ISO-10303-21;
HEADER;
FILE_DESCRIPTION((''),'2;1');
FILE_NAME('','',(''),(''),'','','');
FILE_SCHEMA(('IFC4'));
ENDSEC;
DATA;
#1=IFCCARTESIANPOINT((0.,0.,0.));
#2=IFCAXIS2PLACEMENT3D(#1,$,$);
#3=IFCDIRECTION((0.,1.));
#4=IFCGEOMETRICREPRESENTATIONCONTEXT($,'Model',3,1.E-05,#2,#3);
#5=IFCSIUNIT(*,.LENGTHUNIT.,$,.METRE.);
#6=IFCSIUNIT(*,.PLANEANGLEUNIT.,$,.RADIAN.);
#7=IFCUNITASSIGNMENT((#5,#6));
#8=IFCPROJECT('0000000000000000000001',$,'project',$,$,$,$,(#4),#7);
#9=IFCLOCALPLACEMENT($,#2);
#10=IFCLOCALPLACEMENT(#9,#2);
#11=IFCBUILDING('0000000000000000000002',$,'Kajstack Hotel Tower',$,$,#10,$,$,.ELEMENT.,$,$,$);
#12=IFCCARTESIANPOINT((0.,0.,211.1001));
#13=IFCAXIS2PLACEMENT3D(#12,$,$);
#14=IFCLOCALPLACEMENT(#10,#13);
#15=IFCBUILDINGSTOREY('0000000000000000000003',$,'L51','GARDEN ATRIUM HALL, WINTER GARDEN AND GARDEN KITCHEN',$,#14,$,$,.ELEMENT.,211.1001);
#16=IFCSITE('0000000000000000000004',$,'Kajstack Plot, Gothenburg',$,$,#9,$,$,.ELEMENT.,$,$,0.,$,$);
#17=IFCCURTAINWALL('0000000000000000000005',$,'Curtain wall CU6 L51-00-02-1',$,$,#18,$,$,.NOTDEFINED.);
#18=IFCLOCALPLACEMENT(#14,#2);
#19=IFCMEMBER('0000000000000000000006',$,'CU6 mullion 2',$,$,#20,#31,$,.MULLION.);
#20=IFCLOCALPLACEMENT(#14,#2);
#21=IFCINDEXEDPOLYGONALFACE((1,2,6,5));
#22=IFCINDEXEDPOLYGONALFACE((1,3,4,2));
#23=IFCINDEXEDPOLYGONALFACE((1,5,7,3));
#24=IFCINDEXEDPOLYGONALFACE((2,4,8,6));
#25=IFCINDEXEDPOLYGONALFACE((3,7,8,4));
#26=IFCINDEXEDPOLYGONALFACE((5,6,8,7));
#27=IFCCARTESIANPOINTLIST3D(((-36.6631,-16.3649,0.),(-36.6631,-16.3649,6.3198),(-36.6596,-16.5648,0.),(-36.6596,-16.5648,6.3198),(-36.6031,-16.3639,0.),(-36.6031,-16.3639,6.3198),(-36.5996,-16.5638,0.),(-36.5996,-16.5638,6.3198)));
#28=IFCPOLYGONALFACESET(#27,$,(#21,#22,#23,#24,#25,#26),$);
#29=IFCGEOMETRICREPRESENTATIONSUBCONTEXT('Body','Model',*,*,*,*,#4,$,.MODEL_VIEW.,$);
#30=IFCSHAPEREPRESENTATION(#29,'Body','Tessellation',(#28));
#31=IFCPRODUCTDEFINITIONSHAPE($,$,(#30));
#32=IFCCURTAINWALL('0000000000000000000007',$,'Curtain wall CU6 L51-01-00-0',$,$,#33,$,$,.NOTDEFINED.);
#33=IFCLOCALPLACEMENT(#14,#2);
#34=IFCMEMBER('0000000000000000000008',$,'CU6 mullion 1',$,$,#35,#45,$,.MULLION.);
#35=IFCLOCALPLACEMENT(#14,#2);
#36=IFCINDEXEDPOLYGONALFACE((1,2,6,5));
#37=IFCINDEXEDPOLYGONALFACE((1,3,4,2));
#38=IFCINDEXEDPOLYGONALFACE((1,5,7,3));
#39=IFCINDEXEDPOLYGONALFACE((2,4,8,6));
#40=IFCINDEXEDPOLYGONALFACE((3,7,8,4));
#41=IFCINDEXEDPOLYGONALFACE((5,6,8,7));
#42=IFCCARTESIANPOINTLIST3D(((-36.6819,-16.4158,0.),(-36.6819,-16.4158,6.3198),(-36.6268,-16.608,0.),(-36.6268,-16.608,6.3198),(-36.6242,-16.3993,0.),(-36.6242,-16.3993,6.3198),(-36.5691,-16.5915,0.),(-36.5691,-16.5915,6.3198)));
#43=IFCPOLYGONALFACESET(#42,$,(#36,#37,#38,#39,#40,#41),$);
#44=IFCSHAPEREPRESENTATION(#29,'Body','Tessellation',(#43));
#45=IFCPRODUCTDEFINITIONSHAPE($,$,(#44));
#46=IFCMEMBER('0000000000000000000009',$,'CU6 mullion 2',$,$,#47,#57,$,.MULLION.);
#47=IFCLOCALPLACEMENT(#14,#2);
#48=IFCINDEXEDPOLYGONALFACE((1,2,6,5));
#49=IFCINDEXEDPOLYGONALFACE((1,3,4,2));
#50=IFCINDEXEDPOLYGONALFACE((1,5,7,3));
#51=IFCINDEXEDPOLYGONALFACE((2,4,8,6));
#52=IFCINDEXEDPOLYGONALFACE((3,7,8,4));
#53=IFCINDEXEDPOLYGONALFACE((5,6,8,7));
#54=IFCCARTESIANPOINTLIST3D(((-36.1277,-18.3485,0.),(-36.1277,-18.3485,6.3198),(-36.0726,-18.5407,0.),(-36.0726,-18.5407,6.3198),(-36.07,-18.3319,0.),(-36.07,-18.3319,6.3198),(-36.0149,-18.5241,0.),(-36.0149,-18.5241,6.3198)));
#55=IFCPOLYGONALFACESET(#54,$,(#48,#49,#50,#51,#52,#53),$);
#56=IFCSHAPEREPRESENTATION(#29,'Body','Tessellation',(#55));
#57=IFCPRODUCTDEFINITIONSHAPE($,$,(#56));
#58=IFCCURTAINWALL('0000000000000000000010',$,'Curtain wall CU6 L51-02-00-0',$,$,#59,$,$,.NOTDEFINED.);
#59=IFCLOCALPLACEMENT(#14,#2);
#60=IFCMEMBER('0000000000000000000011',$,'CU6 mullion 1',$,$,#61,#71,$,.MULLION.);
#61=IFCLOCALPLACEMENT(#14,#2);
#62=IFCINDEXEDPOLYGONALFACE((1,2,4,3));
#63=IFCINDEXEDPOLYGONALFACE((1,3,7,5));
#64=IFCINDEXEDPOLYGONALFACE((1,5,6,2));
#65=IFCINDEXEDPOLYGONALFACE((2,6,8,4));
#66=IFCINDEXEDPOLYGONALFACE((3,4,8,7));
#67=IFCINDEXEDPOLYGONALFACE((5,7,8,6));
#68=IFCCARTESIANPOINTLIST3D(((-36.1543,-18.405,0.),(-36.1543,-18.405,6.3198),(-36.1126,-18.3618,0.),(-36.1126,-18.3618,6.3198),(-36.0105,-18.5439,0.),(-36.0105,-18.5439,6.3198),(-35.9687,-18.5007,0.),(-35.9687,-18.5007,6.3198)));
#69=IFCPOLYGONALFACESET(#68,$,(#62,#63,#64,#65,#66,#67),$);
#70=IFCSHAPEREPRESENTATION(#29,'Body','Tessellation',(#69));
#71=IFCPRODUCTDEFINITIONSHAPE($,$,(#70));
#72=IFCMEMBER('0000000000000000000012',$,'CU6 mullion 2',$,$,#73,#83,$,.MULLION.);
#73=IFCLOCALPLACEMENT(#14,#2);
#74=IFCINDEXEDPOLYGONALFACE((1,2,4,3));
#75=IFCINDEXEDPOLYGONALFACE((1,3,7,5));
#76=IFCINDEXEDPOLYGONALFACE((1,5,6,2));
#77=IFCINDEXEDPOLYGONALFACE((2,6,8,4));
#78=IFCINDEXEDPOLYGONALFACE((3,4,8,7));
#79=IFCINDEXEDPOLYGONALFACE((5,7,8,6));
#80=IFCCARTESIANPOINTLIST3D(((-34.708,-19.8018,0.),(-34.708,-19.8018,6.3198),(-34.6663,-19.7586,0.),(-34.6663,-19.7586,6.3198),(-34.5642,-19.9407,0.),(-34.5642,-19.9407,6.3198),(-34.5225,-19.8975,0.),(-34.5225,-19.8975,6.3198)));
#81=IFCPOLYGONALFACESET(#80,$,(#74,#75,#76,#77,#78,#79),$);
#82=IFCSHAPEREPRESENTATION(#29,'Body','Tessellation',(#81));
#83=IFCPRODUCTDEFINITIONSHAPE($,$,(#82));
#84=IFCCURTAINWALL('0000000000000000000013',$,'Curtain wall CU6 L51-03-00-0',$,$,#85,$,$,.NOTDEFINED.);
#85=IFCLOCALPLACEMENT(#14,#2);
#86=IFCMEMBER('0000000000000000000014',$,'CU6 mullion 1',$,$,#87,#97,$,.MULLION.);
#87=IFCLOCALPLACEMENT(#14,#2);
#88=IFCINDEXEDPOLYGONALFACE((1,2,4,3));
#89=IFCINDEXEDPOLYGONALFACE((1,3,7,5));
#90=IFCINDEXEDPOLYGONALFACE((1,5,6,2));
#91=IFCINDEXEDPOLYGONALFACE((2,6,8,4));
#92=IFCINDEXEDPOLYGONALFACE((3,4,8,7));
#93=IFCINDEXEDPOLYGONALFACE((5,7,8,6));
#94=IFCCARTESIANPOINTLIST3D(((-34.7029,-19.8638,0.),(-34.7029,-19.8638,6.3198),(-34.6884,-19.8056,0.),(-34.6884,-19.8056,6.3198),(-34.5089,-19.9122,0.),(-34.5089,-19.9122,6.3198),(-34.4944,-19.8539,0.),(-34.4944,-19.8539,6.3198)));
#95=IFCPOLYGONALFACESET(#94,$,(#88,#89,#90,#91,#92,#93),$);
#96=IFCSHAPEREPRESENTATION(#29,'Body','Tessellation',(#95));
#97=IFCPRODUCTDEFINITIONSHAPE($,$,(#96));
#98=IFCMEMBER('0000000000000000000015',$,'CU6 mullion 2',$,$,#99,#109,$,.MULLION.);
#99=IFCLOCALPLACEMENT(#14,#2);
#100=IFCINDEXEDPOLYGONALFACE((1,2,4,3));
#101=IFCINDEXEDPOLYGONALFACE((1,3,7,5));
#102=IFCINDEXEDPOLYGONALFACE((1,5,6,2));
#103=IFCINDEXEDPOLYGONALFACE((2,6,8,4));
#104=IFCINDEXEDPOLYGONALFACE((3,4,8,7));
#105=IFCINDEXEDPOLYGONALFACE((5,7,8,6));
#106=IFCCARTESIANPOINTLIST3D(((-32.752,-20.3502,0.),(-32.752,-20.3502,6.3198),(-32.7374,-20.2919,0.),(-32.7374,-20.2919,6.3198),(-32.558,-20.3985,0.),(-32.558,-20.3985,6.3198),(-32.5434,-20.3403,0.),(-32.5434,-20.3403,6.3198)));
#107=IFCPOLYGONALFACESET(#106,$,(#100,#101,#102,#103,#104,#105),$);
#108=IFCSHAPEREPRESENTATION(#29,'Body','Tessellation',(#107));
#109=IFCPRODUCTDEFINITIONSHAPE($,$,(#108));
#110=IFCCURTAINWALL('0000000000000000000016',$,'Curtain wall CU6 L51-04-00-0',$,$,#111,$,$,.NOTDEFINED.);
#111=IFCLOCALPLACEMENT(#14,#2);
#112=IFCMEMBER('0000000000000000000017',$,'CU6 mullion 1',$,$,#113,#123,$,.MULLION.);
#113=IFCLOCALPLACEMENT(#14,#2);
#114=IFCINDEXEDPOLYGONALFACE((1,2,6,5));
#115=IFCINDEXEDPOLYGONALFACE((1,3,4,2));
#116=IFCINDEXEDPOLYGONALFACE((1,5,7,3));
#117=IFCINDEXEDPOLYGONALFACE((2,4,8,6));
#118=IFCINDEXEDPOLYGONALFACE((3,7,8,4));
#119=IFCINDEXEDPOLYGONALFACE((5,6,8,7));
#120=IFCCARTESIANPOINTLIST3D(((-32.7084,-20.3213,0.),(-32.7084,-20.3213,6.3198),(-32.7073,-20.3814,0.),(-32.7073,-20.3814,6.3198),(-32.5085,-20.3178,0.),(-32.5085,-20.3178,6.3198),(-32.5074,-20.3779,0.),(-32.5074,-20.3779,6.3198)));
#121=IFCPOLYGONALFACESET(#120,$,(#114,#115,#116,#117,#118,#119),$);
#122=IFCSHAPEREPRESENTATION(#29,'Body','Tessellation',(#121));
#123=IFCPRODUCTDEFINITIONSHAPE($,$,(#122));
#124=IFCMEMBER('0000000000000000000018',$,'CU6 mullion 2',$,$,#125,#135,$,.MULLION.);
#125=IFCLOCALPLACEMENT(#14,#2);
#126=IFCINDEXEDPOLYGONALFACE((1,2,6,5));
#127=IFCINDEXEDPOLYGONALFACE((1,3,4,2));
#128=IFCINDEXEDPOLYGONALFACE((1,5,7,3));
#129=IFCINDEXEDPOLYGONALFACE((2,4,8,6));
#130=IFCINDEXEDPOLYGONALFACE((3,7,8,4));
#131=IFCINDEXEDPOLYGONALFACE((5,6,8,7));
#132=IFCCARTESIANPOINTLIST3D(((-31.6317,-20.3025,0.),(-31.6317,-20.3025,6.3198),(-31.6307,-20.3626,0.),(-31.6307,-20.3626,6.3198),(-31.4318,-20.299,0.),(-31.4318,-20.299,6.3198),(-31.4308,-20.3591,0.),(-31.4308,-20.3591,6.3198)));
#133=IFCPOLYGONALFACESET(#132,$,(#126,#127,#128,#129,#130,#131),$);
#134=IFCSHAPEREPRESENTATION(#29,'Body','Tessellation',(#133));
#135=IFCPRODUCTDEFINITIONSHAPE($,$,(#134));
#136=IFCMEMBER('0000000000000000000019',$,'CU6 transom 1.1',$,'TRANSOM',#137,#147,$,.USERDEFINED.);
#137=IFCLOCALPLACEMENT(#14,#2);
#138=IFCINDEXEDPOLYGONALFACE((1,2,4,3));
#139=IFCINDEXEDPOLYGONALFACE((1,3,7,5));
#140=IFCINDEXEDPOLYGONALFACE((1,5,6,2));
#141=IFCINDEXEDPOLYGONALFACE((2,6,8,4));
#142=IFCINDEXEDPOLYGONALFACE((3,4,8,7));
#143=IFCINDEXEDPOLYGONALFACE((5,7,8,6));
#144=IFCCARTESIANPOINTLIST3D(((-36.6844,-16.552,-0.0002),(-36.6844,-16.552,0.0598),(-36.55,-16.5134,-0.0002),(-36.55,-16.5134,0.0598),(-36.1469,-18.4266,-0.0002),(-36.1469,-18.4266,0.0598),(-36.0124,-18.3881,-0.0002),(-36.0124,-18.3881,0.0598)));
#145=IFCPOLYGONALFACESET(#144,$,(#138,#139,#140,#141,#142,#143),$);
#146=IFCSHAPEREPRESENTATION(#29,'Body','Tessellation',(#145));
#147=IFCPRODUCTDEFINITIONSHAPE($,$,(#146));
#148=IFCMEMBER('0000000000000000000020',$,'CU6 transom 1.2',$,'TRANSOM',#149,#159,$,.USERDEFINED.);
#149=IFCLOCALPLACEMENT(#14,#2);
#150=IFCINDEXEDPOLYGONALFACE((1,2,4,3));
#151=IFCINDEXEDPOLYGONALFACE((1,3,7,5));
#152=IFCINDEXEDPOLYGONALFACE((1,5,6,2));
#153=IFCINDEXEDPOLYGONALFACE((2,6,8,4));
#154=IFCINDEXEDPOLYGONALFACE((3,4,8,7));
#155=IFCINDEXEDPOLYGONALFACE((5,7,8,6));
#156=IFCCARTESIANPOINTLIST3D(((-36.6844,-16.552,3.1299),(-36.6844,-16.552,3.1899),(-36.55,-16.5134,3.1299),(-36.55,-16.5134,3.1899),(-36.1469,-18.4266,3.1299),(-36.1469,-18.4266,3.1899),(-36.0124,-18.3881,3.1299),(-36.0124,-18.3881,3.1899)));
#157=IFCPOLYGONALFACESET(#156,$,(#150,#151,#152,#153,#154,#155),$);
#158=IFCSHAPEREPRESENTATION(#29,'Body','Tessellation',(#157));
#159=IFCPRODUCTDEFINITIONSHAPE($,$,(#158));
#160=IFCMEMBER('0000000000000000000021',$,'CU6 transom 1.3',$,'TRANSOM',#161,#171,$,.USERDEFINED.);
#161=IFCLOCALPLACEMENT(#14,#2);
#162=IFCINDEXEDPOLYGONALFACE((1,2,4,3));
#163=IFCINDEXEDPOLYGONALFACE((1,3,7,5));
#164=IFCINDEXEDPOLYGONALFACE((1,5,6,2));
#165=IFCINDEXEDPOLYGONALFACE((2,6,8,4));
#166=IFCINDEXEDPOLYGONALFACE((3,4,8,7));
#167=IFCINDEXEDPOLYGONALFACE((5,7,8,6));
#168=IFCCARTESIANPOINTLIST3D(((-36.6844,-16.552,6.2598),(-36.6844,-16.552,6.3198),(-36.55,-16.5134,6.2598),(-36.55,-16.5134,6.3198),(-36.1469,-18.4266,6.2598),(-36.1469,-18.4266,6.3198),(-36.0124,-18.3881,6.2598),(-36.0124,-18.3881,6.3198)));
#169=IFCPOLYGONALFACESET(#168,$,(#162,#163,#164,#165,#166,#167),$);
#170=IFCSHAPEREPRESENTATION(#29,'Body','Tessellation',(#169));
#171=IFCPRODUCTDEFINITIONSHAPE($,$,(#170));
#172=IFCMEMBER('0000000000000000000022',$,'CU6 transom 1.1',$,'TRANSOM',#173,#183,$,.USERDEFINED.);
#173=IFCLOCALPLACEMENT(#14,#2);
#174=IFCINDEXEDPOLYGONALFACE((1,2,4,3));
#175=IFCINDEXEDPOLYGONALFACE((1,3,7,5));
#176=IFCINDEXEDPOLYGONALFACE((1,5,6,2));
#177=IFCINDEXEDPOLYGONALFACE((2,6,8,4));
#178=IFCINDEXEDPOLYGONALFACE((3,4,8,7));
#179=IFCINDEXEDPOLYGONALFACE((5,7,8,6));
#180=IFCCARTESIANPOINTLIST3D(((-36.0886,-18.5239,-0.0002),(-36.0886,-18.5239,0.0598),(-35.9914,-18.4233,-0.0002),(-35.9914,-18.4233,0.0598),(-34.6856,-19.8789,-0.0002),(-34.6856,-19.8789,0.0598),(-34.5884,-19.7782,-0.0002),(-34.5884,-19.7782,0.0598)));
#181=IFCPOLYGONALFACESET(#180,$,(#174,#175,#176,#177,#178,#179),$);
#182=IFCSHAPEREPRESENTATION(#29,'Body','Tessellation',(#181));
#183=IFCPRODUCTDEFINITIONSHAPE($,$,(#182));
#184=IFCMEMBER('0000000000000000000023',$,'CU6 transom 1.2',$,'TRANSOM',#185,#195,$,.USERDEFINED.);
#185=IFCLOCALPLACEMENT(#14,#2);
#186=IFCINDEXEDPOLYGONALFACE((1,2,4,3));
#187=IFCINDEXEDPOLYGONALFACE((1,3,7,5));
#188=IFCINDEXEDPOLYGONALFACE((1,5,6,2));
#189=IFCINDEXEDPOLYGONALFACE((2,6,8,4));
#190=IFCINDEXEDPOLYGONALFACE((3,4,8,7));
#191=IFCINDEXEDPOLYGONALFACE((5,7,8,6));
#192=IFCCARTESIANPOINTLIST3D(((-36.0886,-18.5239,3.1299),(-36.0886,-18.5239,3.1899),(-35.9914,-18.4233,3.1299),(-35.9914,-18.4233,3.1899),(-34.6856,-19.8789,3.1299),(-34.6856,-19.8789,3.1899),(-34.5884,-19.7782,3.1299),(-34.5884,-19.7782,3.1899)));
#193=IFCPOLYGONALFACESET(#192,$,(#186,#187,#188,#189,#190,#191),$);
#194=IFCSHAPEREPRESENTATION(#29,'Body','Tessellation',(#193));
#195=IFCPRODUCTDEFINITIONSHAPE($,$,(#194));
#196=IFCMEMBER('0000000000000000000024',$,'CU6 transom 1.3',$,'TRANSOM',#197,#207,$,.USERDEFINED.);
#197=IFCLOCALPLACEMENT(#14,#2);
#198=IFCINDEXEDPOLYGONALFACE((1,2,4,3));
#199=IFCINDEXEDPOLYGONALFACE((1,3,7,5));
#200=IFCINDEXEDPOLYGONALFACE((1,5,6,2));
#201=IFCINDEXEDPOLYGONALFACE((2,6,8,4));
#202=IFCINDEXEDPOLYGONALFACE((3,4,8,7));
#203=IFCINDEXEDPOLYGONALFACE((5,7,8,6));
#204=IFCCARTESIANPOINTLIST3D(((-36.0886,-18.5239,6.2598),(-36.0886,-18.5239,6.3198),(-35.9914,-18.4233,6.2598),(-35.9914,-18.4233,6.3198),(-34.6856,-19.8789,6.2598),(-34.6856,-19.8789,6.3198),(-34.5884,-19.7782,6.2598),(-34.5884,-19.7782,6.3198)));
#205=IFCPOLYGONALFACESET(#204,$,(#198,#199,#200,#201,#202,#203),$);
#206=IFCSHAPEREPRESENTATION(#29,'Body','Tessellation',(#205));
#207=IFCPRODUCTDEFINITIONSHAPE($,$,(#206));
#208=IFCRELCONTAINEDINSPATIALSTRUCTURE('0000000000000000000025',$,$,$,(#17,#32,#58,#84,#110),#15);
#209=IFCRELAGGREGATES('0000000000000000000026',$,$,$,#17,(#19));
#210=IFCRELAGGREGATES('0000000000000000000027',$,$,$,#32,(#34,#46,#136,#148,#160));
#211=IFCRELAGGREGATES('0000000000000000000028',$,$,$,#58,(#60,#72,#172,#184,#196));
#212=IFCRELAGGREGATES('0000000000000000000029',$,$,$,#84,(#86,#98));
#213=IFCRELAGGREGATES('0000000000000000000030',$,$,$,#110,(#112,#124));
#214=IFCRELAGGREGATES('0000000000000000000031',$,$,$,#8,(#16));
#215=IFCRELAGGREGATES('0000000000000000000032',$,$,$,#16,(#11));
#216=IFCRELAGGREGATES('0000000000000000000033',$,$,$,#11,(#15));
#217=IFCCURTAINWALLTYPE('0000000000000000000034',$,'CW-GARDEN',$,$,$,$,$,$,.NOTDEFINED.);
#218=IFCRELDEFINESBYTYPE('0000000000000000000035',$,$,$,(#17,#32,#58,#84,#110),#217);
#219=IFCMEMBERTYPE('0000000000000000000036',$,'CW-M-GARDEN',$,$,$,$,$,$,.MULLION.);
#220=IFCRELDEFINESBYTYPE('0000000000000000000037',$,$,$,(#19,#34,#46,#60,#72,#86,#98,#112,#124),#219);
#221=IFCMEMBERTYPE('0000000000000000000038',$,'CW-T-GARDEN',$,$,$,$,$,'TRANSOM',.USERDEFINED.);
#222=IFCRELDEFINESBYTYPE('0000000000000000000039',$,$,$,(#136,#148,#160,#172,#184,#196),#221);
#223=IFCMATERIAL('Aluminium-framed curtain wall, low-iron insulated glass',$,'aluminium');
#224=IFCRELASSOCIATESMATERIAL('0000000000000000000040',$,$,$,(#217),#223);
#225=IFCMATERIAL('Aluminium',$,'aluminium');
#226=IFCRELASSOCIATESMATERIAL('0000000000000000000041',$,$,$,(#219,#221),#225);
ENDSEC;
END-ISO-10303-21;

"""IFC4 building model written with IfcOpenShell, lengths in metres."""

from ifc_helpers import new_model, si_unit, direction, frame, origin, origin_2d, place, context, subcontext, project, spatial, rectangle, extrude, material, material_profile, profile_set, type_object, element, aggregate, save


model = new_model("IFC4")

# Units and contexts
model_context = context("Model", 3, precision=1e-05, world=origin(), true_north=direction((0.0, 1.0)))
body_context = subcontext(model_context, "Body", "Model", "MODEL_VIEW")
ifc_project = project(units=[si_unit("LENGTHUNIT", "METRE"), si_unit("PLANEANGLEUNIT", "RADIAN")], contexts=[model_context])

# Site, building, storey
site_placement = place(None, origin())
site = spatial("IfcSite", under=ifc_project, at=site_placement, Name="Kajstack Plot, Gothenburg", CompositionType="ELEMENT", RefElevation=0.0)
building_placement = place(site_placement, origin())
building = spatial("IfcBuilding", under=site, at=building_placement, Name="Kajstack Hotel Tower", CompositionType="ELEMENT")
storey_placement = place(building_placement, frame((0.0, 0.0, 211.1001)))
storey = spatial("IfcBuildingStorey", under=building, at=storey_placement, Name="L51", Description="GARDEN ATRIUM HALL, WINTER GARDEN AND GARDEN KITCHEN", CompositionType="ELEMENT", Elevation=211.1001)

# Curtain wall, member
ifc_material_1 = material(Name="Aluminium-framed curtain wall, low-iron insulated glass", Category="aluminium")
curtain_wall_type = type_object("IfcCurtainWallType", Name="CW-GARDEN", PredefinedType="NOTDEFINED", material=ifc_material_1)
curtain_wall_1_placement = place(storey_placement, origin())
curtain_wall_1 = element("IfcCurtainWall", 1, at=curtain_wall_1_placement, inside=storey, type_object=curtain_wall_type, Name="Curtain wall CU6 L51-00-02-1", PredefinedType="NOTDEFINED")
ifc_material_2 = material(Name="Aluminium", Category="aluminium")
ifc_material_profile_1 = material_profile(ifc_material_2, rectangle(XDim=0.0601, YDim=0.2, at=origin_2d()), Name="Aluminium mullion 60 x 200")
ifc_profile_set_1 = profile_set([ifc_material_profile_1], Name="Aluminium")
member_type_1 = type_object("IfcMemberType", Name="CW-M-GARDEN", PredefinedType="MULLION", material=ifc_profile_set_1)
member_1_placement = place(storey_placement, frame((-36.6313, -16.4644, 0.0), z_axis=(0.0, 0.0, 1.0), x_axis=(0.999848, 0.017455, 0.0)))
member_1 = element("IfcMember", 2, at=member_1_placement, type_object=member_type_1, Name="CU6 mullion 2", PredefinedType="MULLION", context=body_context, shape_type="SweptSolid", body=[
    extrude(rectangle(XDim=0.0601, YDim=0.2, at=origin_2d()), origin(), (0.0, 0.0, 1.0), 6.3198),
])
aggregate(curtain_wall_1, [member_1])

# Curtain walls, members
curtain_wall_2_placement = place(storey_placement, origin())
curtain_wall_2 = element("IfcCurtainWall", 3, at=curtain_wall_2_placement, inside=storey, type_object=curtain_wall_type, Name="Curtain wall CU6 L51-01-00-0", PredefinedType="NOTDEFINED")
member_2_placement = place(storey_placement, frame((-36.6255, -16.5037, 0.0), z_axis=(0.0, 0.0, 1.0), x_axis=(0.961263, 0.275633, 0.0)))
member_2 = element("IfcMember", 4, at=member_2_placement, type_object=member_type_1, Name="CU6 mullion 1", PredefinedType="MULLION", context=body_context, shape_type="SweptSolid", body=[
    extrude(rectangle(XDim=0.0601, YDim=0.2, at=origin_2d()), origin(), (0.0, 0.0, 1.0), 6.3198),
])
member_3_placement = place(storey_placement, frame((-36.0713, -18.4363, 0.0), z_axis=(0.0, 0.0, 1.0), x_axis=(0.961263, 0.275633, 0.0)))
member_3 = element("IfcMember", 5, at=member_3_placement, type_object=member_type_1, Name="CU6 mullion 2", PredefinedType="MULLION", context=body_context, shape_type="SweptSolid", body=[
    extrude(rectangle(XDim=0.0601, YDim=0.2, at=origin_2d()), origin(), (0.0, 0.0, 1.0), 6.3198),
])
curtain_wall_3_placement = place(storey_placement, origin())
curtain_wall_3 = element("IfcCurtainWall", 6, at=curtain_wall_3_placement, inside=storey, type_object=curtain_wall_type, Name="Curtain wall CU6 L51-02-00-0", PredefinedType="NOTDEFINED")
member_4_placement = place(storey_placement, frame((-36.0615, -18.4529, 0.0), z_axis=(0.0, 0.0, 1.0), x_axis=(0.694684, 0.719315, 0.0)))
member_4 = element("IfcMember", 7, at=member_4_placement, type_object=member_type_1, Name="CU6 mullion 1", PredefinedType="MULLION", context=body_context, shape_type="SweptSolid", body=[
    extrude(rectangle(XDim=0.0601, YDim=0.2, at=origin_2d()), origin(), (0.0, 0.0, 1.0), 6.3198),
])
member_5_placement = place(storey_placement, frame((-34.6152, -19.8496, 0.0), z_axis=(0.0, 0.0, 1.0), x_axis=(0.694684, 0.719315, 0.0)))
member_5 = element("IfcMember", 8, at=member_5_placement, type_object=member_type_1, Name="CU6 mullion 2", PredefinedType="MULLION", context=body_context, shape_type="SweptSolid", body=[
    extrude(rectangle(XDim=0.0601, YDim=0.2, at=origin_2d()), origin(), (0.0, 0.0, 1.0), 6.3198),
])
curtain_wall_4_placement = place(storey_placement, origin())
curtain_wall_4 = element("IfcCurtainWall", 9, at=curtain_wall_4_placement, inside=storey, type_object=curtain_wall_type, Name="Curtain wall CU6 L51-03-00-0", PredefinedType="NOTDEFINED")
member_6_placement = place(storey_placement, frame((-34.5986, -19.8589, 0.0), z_axis=(0.0, 0.0, 1.0), x_axis=(0.241911, 0.970299, 0.0)))
member_6 = element("IfcMember", 10, at=member_6_placement, type_object=member_type_1, Name="CU6 mullion 1", PredefinedType="MULLION", context=body_context, shape_type="SweptSolid", body=[
    extrude(rectangle(XDim=0.0601, YDim=0.2, at=origin_2d()), origin(), (0.0, 0.0, 1.0), 6.3198),
])
member_7_placement = place(storey_placement, frame((-32.6477, -20.3452, 0.0), z_axis=(0.0, 0.0, 1.0), x_axis=(0.241911, 0.970299, 0.0)))
member_7 = element("IfcMember", 11, at=member_7_placement, type_object=member_type_1, Name="CU6 mullion 2", PredefinedType="MULLION", context=body_context, shape_type="SweptSolid", body=[
    extrude(rectangle(XDim=0.0601, YDim=0.2, at=origin_2d()), origin(), (0.0, 0.0, 1.0), 6.3198),
])
curtain_wall_5_placement = place(storey_placement, origin())
curtain_wall_5 = element("IfcCurtainWall", 12, at=curtain_wall_5_placement, inside=storey, type_object=curtain_wall_type, Name="Curtain wall CU6 L51-04-00-0", PredefinedType="NOTDEFINED")
member_8_placement = place(storey_placement, frame((-32.6079, -20.3496, 0.0), z_axis=(0.0, 0.0, 1.0), x_axis=(-0.017453, 0.999848, 0.0)))
member_8 = element("IfcMember", 13, at=member_8_placement, type_object=member_type_1, Name="CU6 mullion 1", PredefinedType="MULLION", context=body_context, shape_type="SweptSolid", body=[
    extrude(rectangle(XDim=0.0601, YDim=0.2, at=origin_2d()), origin(), (0.0, 0.0, 1.0), 6.3198),
])
member_9_placement = place(storey_placement, frame((-31.5312, -20.3308, 0.0), z_axis=(0.0, 0.0, 1.0), x_axis=(-0.017453, 0.999848, 0.0)))
member_9 = element("IfcMember", 14, at=member_9_placement, type_object=member_type_1, Name="CU6 mullion 2", PredefinedType="MULLION", context=body_context, shape_type="SweptSolid", body=[
    extrude(rectangle(XDim=0.0601, YDim=0.2, at=origin_2d()), origin(), (0.0, 0.0, 1.0), 6.3198),
])

# Members
ifc_material_profile_2 = material_profile(ifc_material_2, rectangle(XDim=0.1399, YDim=0.0601, at=origin_2d()), Name="Aluminium transom 140 x 60")
ifc_profile_set_2 = profile_set([ifc_material_profile_2], Name="Aluminium")
member_type_2 = type_object("IfcMemberType", Name="CW-T-GARDEN", ElementType="TRANSOM", PredefinedType="USERDEFINED", material=ifc_profile_set_2)
member_10_placement = place(storey_placement, frame((-36.6172, -16.5327, 0.0298), z_axis=(0.275647, -0.961259, 0.0), x_axis=(0.961259, 0.275647, 0.0)))
member_10 = element("IfcMember", 15, at=member_10_placement, type_object=member_type_2, Name="CU6 transom 1.1", ObjectType="TRANSOM", PredefinedType="USERDEFINED", context=body_context, shape_type="SweptSolid", body=[
    extrude(rectangle(XDim=0.1399, YDim=0.0601, at=origin_2d()), origin(), (0.0, 0.0, 1.0), 1.9502),
])
member_11_placement = place(storey_placement, frame((-36.6172, -16.5327, 3.1599), z_axis=(0.275647, -0.961259, 0.0), x_axis=(0.961259, 0.275647, 0.0)))
member_11 = element("IfcMember", 16, at=member_11_placement, type_object=member_type_2, Name="CU6 transom 1.2", ObjectType="TRANSOM", PredefinedType="USERDEFINED", context=body_context, shape_type="SweptSolid", body=[
    extrude(rectangle(XDim=0.1399, YDim=0.0601, at=origin_2d()), origin(), (0.0, 0.0, 1.0), 1.9502),
])
member_12_placement = place(storey_placement, frame((-36.6172, -16.5327, 6.2898), z_axis=(0.275647, -0.961259, 0.0), x_axis=(0.961259, 0.275647, 0.0)))
member_12 = element("IfcMember", 17, at=member_12_placement, type_object=member_type_2, Name="CU6 transom 1.3", ObjectType="TRANSOM", PredefinedType="USERDEFINED", context=body_context, shape_type="SweptSolid", body=[
    extrude(rectangle(XDim=0.1399, YDim=0.0601, at=origin_2d()), origin(), (0.0, 0.0, 1.0), 1.9502),
])
member_13_placement = place(storey_placement, frame((-36.04, -18.4736, 0.0298), z_axis=(0.719328, -0.69467, 0.0), x_axis=(0.69467, 0.719328, 0.0)))
member_13 = element("IfcMember", 18, at=member_13_placement, type_object=member_type_2, Name="CU6 transom 1.1", ObjectType="TRANSOM", PredefinedType="USERDEFINED", context=body_context, shape_type="SweptSolid", body=[
    extrude(rectangle(XDim=0.1399, YDim=0.0601, at=origin_2d()), origin(), (0.0, 0.0, 1.0), 1.9504),
])
member_14_placement = place(storey_placement, frame((-36.04, -18.4736, 3.1599), z_axis=(0.719328, -0.69467, 0.0), x_axis=(0.69467, 0.719328, 0.0)))
member_14 = element("IfcMember", 19, at=member_14_placement, type_object=member_type_2, Name="CU6 transom 1.2", ObjectType="TRANSOM", PredefinedType="USERDEFINED", context=body_context, shape_type="SweptSolid", body=[
    extrude(rectangle(XDim=0.1399, YDim=0.0601, at=origin_2d()), origin(), (0.0, 0.0, 1.0), 1.9504),
])
member_15_placement = place(storey_placement, frame((-36.04, -18.4736, 6.2898), z_axis=(0.719328, -0.69467, 0.0), x_axis=(0.69467, 0.719328, 0.0)))
member_15 = element("IfcMember", 20, at=member_15_placement, type_object=member_type_2, Name="CU6 transom 1.3", ObjectType="TRANSOM", PredefinedType="USERDEFINED", context=body_context, shape_type="SweptSolid", body=[
    extrude(rectangle(XDim=0.1399, YDim=0.0601, at=origin_2d()), origin(), (0.0, 0.0, 1.0), 1.9504),
])

aggregate(curtain_wall_2, [member_2, member_3, member_10, member_11, member_12])
aggregate(curtain_wall_3, [member_4, member_5, member_13, member_14, member_15])
aggregate(curtain_wall_4, [member_6, member_7])
aggregate(curtain_wall_5, [member_8, member_9])

save(model, "model.ifc")
